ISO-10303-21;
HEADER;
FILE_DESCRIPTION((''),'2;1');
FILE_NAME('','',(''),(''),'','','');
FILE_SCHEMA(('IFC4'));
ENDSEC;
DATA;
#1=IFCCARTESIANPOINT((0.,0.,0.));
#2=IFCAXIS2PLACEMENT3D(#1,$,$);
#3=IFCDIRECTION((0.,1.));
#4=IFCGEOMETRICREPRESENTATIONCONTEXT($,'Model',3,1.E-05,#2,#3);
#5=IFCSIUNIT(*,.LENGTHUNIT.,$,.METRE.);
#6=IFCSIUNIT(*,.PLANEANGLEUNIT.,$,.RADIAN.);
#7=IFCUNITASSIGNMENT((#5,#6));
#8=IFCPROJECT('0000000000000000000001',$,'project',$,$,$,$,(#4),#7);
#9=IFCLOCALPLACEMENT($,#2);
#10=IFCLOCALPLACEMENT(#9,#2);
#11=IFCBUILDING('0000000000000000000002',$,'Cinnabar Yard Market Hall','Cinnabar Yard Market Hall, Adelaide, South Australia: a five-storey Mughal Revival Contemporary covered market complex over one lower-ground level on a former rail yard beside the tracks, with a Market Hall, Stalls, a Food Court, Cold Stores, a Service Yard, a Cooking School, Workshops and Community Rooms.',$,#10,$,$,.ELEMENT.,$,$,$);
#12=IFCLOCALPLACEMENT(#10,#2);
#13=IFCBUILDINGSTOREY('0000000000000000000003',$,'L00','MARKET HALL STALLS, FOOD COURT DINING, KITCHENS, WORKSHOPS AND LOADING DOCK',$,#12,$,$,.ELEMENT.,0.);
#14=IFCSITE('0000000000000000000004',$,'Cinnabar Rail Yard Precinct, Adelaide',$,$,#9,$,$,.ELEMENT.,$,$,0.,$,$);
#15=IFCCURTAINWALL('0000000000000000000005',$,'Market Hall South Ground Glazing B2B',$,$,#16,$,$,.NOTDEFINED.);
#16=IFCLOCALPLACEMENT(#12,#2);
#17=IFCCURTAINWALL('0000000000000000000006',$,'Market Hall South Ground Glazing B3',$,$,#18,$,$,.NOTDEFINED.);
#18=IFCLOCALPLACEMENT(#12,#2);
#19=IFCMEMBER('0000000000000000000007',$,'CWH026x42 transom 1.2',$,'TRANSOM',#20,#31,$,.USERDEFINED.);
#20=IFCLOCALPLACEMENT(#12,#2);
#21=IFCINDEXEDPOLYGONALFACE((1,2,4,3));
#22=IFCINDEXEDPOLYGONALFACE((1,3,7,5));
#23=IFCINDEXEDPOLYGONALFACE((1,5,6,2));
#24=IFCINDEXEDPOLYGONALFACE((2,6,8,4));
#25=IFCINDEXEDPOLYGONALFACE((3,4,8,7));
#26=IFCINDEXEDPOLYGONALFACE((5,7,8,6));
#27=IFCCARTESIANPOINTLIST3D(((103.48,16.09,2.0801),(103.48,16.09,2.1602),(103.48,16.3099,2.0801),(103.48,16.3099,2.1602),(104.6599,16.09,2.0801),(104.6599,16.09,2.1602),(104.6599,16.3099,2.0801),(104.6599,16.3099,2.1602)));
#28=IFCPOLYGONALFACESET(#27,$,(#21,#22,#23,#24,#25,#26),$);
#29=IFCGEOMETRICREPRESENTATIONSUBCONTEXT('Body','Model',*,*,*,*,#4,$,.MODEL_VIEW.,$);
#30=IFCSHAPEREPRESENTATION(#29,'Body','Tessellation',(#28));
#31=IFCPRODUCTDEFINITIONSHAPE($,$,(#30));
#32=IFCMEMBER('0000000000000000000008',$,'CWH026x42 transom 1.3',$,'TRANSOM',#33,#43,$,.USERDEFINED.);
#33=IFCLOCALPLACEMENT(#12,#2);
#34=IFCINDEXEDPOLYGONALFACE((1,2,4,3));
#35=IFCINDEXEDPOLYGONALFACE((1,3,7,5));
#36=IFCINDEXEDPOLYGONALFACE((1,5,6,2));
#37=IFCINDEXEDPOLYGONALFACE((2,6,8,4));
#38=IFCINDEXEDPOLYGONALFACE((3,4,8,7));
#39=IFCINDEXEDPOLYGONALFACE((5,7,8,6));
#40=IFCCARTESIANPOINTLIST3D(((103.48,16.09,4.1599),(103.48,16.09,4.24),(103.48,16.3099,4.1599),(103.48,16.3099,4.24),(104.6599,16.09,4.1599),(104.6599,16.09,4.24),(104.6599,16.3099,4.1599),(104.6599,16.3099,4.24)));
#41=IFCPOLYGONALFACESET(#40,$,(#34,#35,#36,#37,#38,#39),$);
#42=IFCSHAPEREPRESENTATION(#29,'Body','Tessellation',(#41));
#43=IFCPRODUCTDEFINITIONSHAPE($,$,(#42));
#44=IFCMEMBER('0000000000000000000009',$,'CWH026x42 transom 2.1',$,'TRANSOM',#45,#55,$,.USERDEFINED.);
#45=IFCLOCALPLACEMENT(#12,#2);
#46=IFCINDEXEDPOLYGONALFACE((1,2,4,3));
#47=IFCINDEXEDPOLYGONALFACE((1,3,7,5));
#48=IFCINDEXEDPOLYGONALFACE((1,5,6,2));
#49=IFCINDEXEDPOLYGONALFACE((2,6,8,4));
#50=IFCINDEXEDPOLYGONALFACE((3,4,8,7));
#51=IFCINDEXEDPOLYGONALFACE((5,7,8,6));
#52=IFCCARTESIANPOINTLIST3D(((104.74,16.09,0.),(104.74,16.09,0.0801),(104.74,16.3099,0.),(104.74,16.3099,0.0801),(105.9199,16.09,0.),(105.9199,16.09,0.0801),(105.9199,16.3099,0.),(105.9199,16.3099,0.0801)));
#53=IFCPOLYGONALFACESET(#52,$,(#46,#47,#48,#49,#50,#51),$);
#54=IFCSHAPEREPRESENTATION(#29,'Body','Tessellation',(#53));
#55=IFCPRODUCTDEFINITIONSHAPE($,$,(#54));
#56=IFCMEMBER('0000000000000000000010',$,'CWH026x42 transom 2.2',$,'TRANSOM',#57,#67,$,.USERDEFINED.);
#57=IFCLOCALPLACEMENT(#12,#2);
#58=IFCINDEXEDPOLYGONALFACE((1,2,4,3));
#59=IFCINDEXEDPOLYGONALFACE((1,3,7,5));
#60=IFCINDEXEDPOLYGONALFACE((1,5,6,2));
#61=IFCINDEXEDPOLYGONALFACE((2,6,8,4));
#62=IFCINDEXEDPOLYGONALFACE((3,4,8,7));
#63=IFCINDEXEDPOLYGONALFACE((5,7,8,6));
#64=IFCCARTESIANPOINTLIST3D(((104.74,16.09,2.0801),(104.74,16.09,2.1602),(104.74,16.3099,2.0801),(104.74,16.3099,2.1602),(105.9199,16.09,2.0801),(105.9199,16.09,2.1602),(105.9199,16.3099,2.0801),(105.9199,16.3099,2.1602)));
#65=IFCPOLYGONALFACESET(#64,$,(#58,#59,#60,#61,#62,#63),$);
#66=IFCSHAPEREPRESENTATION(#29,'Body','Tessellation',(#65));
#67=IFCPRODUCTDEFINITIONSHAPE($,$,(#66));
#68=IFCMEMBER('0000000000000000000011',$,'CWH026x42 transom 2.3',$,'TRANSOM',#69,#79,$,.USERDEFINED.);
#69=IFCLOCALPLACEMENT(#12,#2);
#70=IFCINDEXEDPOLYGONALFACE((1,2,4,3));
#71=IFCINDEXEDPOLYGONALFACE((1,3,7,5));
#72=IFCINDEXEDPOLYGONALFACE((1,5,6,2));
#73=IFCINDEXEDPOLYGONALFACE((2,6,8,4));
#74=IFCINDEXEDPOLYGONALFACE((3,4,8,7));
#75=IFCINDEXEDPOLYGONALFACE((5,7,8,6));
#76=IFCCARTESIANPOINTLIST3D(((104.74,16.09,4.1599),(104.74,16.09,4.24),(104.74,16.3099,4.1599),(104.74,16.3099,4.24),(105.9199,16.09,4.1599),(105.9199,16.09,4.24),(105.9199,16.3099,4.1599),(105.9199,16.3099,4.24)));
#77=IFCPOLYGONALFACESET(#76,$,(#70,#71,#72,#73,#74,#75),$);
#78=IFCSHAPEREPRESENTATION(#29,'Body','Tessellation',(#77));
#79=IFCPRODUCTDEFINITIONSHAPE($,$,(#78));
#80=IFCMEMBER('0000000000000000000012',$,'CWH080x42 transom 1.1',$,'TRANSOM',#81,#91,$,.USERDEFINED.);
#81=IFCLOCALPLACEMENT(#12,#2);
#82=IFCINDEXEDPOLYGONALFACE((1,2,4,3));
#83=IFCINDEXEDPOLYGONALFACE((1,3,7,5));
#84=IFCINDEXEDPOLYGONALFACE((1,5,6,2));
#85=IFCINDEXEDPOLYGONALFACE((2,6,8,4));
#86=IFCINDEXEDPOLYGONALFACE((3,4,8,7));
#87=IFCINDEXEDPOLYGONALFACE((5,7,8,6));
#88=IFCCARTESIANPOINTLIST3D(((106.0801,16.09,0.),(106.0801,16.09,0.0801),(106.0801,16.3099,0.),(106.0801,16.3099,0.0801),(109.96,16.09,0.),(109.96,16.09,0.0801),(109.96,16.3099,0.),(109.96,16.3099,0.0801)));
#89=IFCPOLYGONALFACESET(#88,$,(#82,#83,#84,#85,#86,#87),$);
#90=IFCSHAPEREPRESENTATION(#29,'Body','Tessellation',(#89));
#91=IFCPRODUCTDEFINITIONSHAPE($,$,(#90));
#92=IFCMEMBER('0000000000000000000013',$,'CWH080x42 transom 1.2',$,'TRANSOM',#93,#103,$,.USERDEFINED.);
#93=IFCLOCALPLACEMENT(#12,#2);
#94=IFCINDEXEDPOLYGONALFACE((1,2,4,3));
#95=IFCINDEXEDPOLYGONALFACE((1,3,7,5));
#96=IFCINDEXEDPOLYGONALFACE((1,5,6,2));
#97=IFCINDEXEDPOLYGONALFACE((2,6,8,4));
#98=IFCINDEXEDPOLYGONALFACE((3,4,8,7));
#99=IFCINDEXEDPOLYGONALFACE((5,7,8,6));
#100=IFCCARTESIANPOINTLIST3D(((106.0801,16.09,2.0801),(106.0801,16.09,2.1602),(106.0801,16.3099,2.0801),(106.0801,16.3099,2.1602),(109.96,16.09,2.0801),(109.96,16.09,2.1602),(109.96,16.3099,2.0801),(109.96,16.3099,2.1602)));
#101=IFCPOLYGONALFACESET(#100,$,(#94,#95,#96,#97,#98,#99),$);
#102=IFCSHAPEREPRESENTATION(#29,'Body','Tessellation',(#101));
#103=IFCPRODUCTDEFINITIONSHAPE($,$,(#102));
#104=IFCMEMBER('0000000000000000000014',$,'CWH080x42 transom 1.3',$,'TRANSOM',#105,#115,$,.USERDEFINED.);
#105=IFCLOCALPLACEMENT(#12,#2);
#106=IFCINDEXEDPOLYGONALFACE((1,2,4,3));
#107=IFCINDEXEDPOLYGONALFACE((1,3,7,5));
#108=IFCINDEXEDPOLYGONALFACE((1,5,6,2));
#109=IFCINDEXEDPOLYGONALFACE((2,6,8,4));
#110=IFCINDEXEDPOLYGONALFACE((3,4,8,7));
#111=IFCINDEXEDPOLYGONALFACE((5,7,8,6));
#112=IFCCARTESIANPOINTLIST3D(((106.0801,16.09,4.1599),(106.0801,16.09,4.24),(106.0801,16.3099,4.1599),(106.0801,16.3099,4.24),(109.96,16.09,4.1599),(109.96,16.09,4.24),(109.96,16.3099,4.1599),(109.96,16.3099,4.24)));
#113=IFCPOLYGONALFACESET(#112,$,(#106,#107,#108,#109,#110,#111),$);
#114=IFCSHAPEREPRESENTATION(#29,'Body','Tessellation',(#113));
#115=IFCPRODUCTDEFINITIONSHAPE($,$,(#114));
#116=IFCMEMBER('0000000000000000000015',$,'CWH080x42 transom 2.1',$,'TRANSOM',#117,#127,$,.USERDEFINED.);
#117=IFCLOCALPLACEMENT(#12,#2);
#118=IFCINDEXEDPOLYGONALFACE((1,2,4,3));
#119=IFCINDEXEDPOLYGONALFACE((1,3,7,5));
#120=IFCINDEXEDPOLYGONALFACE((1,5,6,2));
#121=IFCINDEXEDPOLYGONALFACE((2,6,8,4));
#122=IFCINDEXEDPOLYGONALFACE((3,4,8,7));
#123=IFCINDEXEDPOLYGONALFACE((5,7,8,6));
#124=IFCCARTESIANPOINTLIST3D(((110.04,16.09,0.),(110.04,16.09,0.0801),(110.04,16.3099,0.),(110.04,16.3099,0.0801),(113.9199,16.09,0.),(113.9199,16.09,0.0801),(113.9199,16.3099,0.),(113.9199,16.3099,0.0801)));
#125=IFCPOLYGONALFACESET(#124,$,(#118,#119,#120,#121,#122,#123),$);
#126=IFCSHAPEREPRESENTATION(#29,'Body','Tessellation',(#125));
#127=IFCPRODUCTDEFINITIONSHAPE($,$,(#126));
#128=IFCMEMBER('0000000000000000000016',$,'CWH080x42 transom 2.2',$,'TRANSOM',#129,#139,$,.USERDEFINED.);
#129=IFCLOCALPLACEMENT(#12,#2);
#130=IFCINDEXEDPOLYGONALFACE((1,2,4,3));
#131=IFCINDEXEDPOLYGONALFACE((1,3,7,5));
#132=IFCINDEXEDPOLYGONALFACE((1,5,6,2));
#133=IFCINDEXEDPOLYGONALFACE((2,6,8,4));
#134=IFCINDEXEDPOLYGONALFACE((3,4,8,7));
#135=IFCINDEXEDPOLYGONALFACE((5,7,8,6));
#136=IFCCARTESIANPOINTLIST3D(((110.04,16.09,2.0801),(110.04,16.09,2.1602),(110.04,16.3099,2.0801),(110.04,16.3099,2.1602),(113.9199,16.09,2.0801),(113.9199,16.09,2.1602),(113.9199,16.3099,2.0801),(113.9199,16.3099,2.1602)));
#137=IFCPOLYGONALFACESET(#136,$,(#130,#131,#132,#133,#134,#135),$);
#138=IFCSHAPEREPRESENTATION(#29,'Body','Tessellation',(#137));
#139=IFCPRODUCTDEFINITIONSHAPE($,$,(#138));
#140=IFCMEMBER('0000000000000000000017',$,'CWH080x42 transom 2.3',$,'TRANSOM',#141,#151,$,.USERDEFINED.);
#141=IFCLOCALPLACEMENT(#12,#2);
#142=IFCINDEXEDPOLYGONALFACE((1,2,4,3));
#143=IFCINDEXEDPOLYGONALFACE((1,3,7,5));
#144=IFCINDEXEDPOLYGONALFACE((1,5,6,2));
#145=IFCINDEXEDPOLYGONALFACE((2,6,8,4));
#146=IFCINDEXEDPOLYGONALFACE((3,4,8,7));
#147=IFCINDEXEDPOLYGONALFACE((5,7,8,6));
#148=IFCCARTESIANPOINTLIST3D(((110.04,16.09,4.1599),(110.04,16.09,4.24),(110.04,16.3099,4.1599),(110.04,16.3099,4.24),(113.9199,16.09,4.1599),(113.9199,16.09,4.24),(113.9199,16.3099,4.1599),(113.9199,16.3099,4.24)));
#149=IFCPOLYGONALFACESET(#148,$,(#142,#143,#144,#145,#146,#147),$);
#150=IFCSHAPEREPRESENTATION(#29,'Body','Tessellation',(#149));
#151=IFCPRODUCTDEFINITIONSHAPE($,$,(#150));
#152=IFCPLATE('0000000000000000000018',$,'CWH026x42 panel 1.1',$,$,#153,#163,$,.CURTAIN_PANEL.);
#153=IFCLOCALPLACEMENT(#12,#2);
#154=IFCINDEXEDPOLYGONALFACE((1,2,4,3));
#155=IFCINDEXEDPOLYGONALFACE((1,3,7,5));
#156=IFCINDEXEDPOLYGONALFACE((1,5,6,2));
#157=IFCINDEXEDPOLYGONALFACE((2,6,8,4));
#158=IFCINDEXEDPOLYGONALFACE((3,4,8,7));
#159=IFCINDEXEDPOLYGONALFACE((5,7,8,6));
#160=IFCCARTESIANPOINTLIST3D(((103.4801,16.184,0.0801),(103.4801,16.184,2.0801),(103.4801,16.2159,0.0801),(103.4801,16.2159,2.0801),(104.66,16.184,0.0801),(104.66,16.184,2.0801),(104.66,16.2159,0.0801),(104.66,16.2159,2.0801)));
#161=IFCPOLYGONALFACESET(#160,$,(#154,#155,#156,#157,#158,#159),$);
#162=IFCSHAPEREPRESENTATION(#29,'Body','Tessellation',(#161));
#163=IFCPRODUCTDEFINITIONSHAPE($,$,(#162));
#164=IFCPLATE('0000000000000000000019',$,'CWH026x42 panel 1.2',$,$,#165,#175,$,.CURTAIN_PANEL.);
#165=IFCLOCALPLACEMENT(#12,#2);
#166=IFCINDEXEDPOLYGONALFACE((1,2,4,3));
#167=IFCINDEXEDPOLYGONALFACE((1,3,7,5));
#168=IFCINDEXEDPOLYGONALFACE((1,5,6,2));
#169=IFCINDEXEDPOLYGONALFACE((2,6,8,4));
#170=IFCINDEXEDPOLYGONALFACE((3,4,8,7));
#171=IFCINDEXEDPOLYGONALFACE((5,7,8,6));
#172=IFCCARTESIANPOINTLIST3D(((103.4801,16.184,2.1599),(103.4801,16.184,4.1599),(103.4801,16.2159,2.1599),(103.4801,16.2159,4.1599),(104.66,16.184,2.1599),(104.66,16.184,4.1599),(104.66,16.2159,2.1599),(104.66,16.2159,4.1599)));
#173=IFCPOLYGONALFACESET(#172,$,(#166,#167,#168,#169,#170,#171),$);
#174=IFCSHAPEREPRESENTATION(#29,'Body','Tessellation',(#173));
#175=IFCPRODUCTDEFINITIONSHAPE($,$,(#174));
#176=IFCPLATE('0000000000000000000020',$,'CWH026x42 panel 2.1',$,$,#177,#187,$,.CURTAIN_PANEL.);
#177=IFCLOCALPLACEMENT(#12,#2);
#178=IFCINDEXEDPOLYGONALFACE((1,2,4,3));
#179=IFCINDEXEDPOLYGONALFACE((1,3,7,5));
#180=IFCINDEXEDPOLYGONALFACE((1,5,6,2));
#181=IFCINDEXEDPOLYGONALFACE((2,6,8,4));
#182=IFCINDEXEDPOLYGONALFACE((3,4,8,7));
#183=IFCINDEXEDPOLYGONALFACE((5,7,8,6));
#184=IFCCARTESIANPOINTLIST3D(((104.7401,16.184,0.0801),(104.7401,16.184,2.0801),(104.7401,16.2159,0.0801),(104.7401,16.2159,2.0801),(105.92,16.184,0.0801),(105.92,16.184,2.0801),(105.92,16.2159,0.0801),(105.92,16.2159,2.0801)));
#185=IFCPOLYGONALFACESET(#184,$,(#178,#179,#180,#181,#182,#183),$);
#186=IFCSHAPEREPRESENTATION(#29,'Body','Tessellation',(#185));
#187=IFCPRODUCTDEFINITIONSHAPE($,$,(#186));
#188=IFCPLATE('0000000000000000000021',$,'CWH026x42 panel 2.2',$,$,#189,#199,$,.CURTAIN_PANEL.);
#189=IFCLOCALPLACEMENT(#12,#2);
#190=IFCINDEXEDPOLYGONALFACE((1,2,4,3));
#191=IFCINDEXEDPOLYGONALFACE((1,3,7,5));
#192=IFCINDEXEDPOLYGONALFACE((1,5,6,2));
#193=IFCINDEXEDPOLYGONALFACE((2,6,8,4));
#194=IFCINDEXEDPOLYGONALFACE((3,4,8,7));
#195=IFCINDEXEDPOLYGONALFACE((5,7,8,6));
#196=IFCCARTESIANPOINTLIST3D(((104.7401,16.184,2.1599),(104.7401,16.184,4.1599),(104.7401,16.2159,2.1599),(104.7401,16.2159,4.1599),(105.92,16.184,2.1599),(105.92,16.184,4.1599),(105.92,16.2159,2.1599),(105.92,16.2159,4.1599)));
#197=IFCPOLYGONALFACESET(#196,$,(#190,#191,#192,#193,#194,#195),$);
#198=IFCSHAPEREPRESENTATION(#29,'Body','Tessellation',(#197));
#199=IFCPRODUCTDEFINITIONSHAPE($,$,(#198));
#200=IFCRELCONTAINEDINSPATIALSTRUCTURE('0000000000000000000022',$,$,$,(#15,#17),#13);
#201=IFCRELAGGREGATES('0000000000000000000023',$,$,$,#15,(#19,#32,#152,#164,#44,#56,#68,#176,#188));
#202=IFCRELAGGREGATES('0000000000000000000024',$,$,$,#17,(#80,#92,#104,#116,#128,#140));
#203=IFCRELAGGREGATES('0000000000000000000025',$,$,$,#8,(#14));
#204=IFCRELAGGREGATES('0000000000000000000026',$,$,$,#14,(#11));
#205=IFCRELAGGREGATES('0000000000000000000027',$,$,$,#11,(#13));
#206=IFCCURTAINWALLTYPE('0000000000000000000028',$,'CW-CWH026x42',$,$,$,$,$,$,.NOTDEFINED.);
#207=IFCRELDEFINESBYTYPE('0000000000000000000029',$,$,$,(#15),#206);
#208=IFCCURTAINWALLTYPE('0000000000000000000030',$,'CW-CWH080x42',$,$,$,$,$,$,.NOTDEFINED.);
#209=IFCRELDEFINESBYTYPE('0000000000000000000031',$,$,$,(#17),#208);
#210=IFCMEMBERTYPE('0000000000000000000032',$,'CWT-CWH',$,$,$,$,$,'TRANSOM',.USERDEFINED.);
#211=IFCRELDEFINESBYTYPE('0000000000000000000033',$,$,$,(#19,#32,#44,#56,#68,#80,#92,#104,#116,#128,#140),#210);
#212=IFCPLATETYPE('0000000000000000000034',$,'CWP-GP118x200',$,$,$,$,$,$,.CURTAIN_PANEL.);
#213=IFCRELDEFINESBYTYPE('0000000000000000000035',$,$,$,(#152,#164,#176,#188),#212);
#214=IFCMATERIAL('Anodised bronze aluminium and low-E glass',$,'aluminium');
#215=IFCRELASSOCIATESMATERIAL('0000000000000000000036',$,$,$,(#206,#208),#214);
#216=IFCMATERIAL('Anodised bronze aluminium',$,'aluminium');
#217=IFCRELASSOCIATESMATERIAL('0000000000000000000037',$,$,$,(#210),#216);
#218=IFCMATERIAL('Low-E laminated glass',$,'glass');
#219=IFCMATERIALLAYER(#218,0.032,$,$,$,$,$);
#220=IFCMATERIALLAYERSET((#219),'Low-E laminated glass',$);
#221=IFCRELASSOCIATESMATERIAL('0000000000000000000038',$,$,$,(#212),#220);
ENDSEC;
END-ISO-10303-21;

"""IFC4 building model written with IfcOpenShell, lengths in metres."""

from ifc_helpers import new_model, si_unit, direction, frame, origin, origin_2d_with_axis, place, context, subcontext, project, spatial, rectangle, extrude, material, layer, layer_set, material_profile, profile_set, type_object, element, aggregate, save


model = new_model("IFC4")

# Units and contexts
model_context = context("Model", 3, precision=1e-05, world=origin(), true_north=direction((0.0, 1.0)))
body_context = subcontext(model_context, "Body", "Model", "MODEL_VIEW")
ifc_project = project(units=[si_unit("LENGTHUNIT", "METRE"), si_unit("PLANEANGLEUNIT", "RADIAN")], contexts=[model_context])

# Site, building, storey
site_placement = place(None, origin())
site = spatial("IfcSite", under=ifc_project, at=site_placement, Name="Cinnabar Rail Yard Precinct, Adelaide", CompositionType="ELEMENT", RefElevation=0.0)
building_placement = place(site_placement, origin())
building = spatial("IfcBuilding", under=site, at=building_placement, Name="Cinnabar Yard Market Hall", Description="Cinnabar Yard Market Hall, Adelaide, South Australia: a five-storey Mughal Revival Contemporary covered market complex over one lower-ground level on a former rail yard beside the tracks, with a Market Hall, Stalls, a Food Court, Cold Stores, a Service Yard, a Cooking School, Workshops and Community Rooms.", CompositionType="ELEMENT")
storey_placement = place(building_placement, origin())
storey = spatial("IfcBuildingStorey", under=building, at=storey_placement, Name="L00", Description="MARKET HALL STALLS, FOOD COURT DINING, KITCHENS, WORKSHOPS AND LOADING DOCK", CompositionType="ELEMENT", Elevation=0.0)

# Curtain walls
ifc_material_1 = material(Name="Anodised bronze aluminium and low-E glass", Category="aluminium")
curtain_wall_type_1 = type_object("IfcCurtainWallType", Name="CW-CWH026x42", PredefinedType="NOTDEFINED", material=ifc_material_1)
curtain_wall_1_placement = place(storey_placement, origin())
curtain_wall_1 = element("IfcCurtainWall", 1, at=curtain_wall_1_placement, inside=storey, type_object=curtain_wall_type_1, Name="Market Hall South Ground Glazing B2B", PredefinedType="NOTDEFINED")
ifc_material_2 = material(Name="Anodised bronze aluminium", Category="aluminium")
curtain_wall_type_2 = type_object("IfcCurtainWallType", Name="CW-CWH080x42", PredefinedType="NOTDEFINED", material=ifc_material_1)
curtain_wall_2_placement = place(storey_placement, origin())
curtain_wall_2 = element("IfcCurtainWall", 2, at=curtain_wall_2_placement, inside=storey, type_object=curtain_wall_type_2, Name="Market Hall South Ground Glazing B3", PredefinedType="NOTDEFINED")

# Members
ifc_material_profile_1 = material_profile(ifc_material_2, rectangle(XDim=0.22, YDim=0.0801, at=origin_2d_with_axis()), Name="TRN-CWH")
ifc_profile_set_1 = profile_set([ifc_material_profile_1], Name="Anodised bronze aluminium")
member_type_1 = type_object("IfcMemberType", Name="CWT-CWH", ElementType="TRANSOM", PredefinedType="USERDEFINED", material=ifc_profile_set_1)
member_1_placement = place(storey_placement, frame((103.48, 16.2, 2.1201), z_axis=(1.0, 0.0, 0.0), x_axis=(0.0, 1.0, 0.0)))
member_1 = element("IfcMember", 3, at=member_1_placement, type_object=member_type_1, Name="CWH026x42 transom 1.2", ObjectType="TRANSOM", PredefinedType="USERDEFINED", context=body_context, shape_type="SweptSolid", body=[
    extrude(rectangle(XDim=0.22, YDim=0.0801, at=origin_2d_with_axis()), origin(), (0.0, 0.0, 1.0), 1.1799),
])
member_2_placement = place(storey_placement, frame((103.48, 16.2, 4.2), z_axis=(1.0, 0.0, 0.0), x_axis=(0.0, 1.0, 0.0)))
member_2 = element("IfcMember", 4, at=member_2_placement, type_object=member_type_1, Name="CWH026x42 transom 1.3", ObjectType="TRANSOM", PredefinedType="USERDEFINED", context=body_context, shape_type="SweptSolid", body=[
    extrude(rectangle(XDim=0.22, YDim=0.0801, at=origin_2d_with_axis()), origin(), (0.0, 0.0, 1.0), 1.1799),
])
member_3_placement = place(storey_placement, frame((104.74, 16.2, 0.04), z_axis=(1.0, 0.0, 0.0), x_axis=(0.0, 1.0, 0.0)))
member_3 = element("IfcMember", 5, at=member_3_placement, type_object=member_type_1, Name="CWH026x42 transom 2.1", ObjectType="TRANSOM", PredefinedType="USERDEFINED", context=body_context, shape_type="SweptSolid", body=[
    extrude(rectangle(XDim=0.22, YDim=0.0801, at=origin_2d_with_axis()), origin(), (0.0, 0.0, 1.0), 1.1799),
])
member_4_placement = place(storey_placement, frame((104.74, 16.2, 2.1201), z_axis=(1.0, 0.0, 0.0), x_axis=(0.0, 1.0, 0.0)))
member_4 = element("IfcMember", 6, at=member_4_placement, type_object=member_type_1, Name="CWH026x42 transom 2.2", ObjectType="TRANSOM", PredefinedType="USERDEFINED", context=body_context, shape_type="SweptSolid", body=[
    extrude(rectangle(XDim=0.22, YDim=0.0801, at=origin_2d_with_axis()), origin(), (0.0, 0.0, 1.0), 1.1799),
])
member_5_placement = place(storey_placement, frame((104.74, 16.2, 4.2), z_axis=(1.0, 0.0, 0.0), x_axis=(0.0, 1.0, 0.0)))
member_5 = element("IfcMember", 7, at=member_5_placement, type_object=member_type_1, Name="CWH026x42 transom 2.3", ObjectType="TRANSOM", PredefinedType="USERDEFINED", context=body_context, shape_type="SweptSolid", body=[
    extrude(rectangle(XDim=0.22, YDim=0.0801, at=origin_2d_with_axis()), origin(), (0.0, 0.0, 1.0), 1.1799),
])
member_6_placement = place(storey_placement, frame((106.0801, 16.2, 0.04), z_axis=(1.0, 0.0, 0.0), x_axis=(0.0, 1.0, 0.0)))
member_6 = element("IfcMember", 8, at=member_6_placement, type_object=member_type_1, Name="CWH080x42 transom 1.1", ObjectType="TRANSOM", PredefinedType="USERDEFINED", context=body_context, shape_type="SweptSolid", body=[
    extrude(rectangle(XDim=0.22, YDim=0.0801, at=origin_2d_with_axis()), origin(), (0.0, 0.0, 1.0), 3.8799),
])
member_7_placement = place(storey_placement, frame((106.0801, 16.2, 2.1201), z_axis=(1.0, 0.0, 0.0), x_axis=(0.0, 1.0, 0.0)))
member_7 = element("IfcMember", 9, at=member_7_placement, type_object=member_type_1, Name="CWH080x42 transom 1.2", ObjectType="TRANSOM", PredefinedType="USERDEFINED", context=body_context, shape_type="SweptSolid", body=[
    extrude(rectangle(XDim=0.22, YDim=0.0801, at=origin_2d_with_axis()), origin(), (0.0, 0.0, 1.0), 3.8799),
])
member_8_placement = place(storey_placement, frame((106.0801, 16.2, 4.2), z_axis=(1.0, 0.0, 0.0), x_axis=(0.0, 1.0, 0.0)))
member_8 = element("IfcMember", 10, at=member_8_placement, type_object=member_type_1, Name="CWH080x42 transom 1.3", ObjectType="TRANSOM", PredefinedType="USERDEFINED", context=body_context, shape_type="SweptSolid", body=[
    extrude(rectangle(XDim=0.22, YDim=0.0801, at=origin_2d_with_axis()), origin(), (0.0, 0.0, 1.0), 3.8799),
])
member_9_placement = place(storey_placement, frame((110.04, 16.2, 0.04), z_axis=(1.0, 0.0, 0.0), x_axis=(0.0, 1.0, 0.0)))
member_9 = element("IfcMember", 11, at=member_9_placement, type_object=member_type_1, Name="CWH080x42 transom 2.1", ObjectType="TRANSOM", PredefinedType="USERDEFINED", context=body_context, shape_type="SweptSolid", body=[
    extrude(rectangle(XDim=0.22, YDim=0.0801, at=origin_2d_with_axis()), origin(), (0.0, 0.0, 1.0), 3.8799),
])
member_10_placement = place(storey_placement, frame((110.04, 16.2, 2.1201), z_axis=(1.0, 0.0, 0.0), x_axis=(0.0, 1.0, 0.0)))
member_10 = element("IfcMember", 12, at=member_10_placement, type_object=member_type_1, Name="CWH080x42 transom 2.2", ObjectType="TRANSOM", PredefinedType="USERDEFINED", context=body_context, shape_type="SweptSolid", body=[
    extrude(rectangle(XDim=0.22, YDim=0.0801, at=origin_2d_with_axis()), origin(), (0.0, 0.0, 1.0), 3.8799),
])
member_11_placement = place(storey_placement, frame((110.04, 16.2, 4.2), z_axis=(1.0, 0.0, 0.0), x_axis=(0.0, 1.0, 0.0)))
member_11 = element("IfcMember", 13, at=member_11_placement, type_object=member_type_1, Name="CWH080x42 transom 2.3", ObjectType="TRANSOM", PredefinedType="USERDEFINED", context=body_context, shape_type="SweptSolid", body=[
    extrude(rectangle(XDim=0.22, YDim=0.0801, at=origin_2d_with_axis()), origin(), (0.0, 0.0, 1.0), 3.8799),
])

# Plates
ifc_material_3 = material(Name="Low-E laminated glass", Category="glass")
ifc_layer_1 = layer(ifc_material_3, 0.032)
ifc_layer_set_1 = layer_set([ifc_layer_1], Name="Low-E laminated glass")
plate_type_1 = type_object("IfcPlateType", Name="CWP-GP118x200", PredefinedType="CURTAIN_PANEL", material=ifc_layer_set_1)
plate_1_placement = place(storey_placement, frame((104.0701, 16.2, 0.0801), z_axis=(0.0, 0.0, 1.0), x_axis=(1.0, 0.0, 0.0)))
plate_1 = element("IfcPlate", 14, at=plate_1_placement, type_object=plate_type_1, Name="CWH026x42 panel 1.1", PredefinedType="CURTAIN_PANEL", context=body_context, shape_type="SweptSolid", body=[
    extrude(rectangle(XDim=1.1799, YDim=0.032, at=origin_2d_with_axis()), origin(), (0.0, 0.0, 1.0), 2.0),
])
plate_2_placement = place(storey_placement, frame((104.0701, 16.2, 2.1599), z_axis=(0.0, 0.0, 1.0), x_axis=(1.0, 0.0, 0.0)))
plate_2 = element("IfcPlate", 15, at=plate_2_placement, type_object=plate_type_1, Name="CWH026x42 panel 1.2", PredefinedType="CURTAIN_PANEL", context=body_context, shape_type="SweptSolid", body=[
    extrude(rectangle(XDim=1.1799, YDim=0.032, at=origin_2d_with_axis()), origin(), (0.0, 0.0, 1.0), 2.0),
])
plate_3_placement = place(storey_placement, frame((105.3301, 16.2, 0.0801), z_axis=(0.0, 0.0, 1.0), x_axis=(1.0, 0.0, 0.0)))
plate_3 = element("IfcPlate", 16, at=plate_3_placement, type_object=plate_type_1, Name="CWH026x42 panel 2.1", PredefinedType="CURTAIN_PANEL", context=body_context, shape_type="SweptSolid", body=[
    extrude(rectangle(XDim=1.1799, YDim=0.032, at=origin_2d_with_axis()), origin(), (0.0, 0.0, 1.0), 2.0),
])
plate_4_placement = place(storey_placement, frame((105.3301, 16.2, 2.1599), z_axis=(0.0, 0.0, 1.0), x_axis=(1.0, 0.0, 0.0)))
plate_4 = element("IfcPlate", 17, at=plate_4_placement, type_object=plate_type_1, Name="CWH026x42 panel 2.2", PredefinedType="CURTAIN_PANEL", context=body_context, shape_type="SweptSolid", body=[
    extrude(rectangle(XDim=1.1799, YDim=0.032, at=origin_2d_with_axis()), origin(), (0.0, 0.0, 1.0), 2.0),
])
aggregate(curtain_wall_1, [member_1, member_2, plate_1, plate_2, member_3, member_4, member_5, plate_3, plate_4])
aggregate(curtain_wall_2, [member_6, member_7, member_8, member_9, member_10, member_11])

save(model, "model.ifc")
